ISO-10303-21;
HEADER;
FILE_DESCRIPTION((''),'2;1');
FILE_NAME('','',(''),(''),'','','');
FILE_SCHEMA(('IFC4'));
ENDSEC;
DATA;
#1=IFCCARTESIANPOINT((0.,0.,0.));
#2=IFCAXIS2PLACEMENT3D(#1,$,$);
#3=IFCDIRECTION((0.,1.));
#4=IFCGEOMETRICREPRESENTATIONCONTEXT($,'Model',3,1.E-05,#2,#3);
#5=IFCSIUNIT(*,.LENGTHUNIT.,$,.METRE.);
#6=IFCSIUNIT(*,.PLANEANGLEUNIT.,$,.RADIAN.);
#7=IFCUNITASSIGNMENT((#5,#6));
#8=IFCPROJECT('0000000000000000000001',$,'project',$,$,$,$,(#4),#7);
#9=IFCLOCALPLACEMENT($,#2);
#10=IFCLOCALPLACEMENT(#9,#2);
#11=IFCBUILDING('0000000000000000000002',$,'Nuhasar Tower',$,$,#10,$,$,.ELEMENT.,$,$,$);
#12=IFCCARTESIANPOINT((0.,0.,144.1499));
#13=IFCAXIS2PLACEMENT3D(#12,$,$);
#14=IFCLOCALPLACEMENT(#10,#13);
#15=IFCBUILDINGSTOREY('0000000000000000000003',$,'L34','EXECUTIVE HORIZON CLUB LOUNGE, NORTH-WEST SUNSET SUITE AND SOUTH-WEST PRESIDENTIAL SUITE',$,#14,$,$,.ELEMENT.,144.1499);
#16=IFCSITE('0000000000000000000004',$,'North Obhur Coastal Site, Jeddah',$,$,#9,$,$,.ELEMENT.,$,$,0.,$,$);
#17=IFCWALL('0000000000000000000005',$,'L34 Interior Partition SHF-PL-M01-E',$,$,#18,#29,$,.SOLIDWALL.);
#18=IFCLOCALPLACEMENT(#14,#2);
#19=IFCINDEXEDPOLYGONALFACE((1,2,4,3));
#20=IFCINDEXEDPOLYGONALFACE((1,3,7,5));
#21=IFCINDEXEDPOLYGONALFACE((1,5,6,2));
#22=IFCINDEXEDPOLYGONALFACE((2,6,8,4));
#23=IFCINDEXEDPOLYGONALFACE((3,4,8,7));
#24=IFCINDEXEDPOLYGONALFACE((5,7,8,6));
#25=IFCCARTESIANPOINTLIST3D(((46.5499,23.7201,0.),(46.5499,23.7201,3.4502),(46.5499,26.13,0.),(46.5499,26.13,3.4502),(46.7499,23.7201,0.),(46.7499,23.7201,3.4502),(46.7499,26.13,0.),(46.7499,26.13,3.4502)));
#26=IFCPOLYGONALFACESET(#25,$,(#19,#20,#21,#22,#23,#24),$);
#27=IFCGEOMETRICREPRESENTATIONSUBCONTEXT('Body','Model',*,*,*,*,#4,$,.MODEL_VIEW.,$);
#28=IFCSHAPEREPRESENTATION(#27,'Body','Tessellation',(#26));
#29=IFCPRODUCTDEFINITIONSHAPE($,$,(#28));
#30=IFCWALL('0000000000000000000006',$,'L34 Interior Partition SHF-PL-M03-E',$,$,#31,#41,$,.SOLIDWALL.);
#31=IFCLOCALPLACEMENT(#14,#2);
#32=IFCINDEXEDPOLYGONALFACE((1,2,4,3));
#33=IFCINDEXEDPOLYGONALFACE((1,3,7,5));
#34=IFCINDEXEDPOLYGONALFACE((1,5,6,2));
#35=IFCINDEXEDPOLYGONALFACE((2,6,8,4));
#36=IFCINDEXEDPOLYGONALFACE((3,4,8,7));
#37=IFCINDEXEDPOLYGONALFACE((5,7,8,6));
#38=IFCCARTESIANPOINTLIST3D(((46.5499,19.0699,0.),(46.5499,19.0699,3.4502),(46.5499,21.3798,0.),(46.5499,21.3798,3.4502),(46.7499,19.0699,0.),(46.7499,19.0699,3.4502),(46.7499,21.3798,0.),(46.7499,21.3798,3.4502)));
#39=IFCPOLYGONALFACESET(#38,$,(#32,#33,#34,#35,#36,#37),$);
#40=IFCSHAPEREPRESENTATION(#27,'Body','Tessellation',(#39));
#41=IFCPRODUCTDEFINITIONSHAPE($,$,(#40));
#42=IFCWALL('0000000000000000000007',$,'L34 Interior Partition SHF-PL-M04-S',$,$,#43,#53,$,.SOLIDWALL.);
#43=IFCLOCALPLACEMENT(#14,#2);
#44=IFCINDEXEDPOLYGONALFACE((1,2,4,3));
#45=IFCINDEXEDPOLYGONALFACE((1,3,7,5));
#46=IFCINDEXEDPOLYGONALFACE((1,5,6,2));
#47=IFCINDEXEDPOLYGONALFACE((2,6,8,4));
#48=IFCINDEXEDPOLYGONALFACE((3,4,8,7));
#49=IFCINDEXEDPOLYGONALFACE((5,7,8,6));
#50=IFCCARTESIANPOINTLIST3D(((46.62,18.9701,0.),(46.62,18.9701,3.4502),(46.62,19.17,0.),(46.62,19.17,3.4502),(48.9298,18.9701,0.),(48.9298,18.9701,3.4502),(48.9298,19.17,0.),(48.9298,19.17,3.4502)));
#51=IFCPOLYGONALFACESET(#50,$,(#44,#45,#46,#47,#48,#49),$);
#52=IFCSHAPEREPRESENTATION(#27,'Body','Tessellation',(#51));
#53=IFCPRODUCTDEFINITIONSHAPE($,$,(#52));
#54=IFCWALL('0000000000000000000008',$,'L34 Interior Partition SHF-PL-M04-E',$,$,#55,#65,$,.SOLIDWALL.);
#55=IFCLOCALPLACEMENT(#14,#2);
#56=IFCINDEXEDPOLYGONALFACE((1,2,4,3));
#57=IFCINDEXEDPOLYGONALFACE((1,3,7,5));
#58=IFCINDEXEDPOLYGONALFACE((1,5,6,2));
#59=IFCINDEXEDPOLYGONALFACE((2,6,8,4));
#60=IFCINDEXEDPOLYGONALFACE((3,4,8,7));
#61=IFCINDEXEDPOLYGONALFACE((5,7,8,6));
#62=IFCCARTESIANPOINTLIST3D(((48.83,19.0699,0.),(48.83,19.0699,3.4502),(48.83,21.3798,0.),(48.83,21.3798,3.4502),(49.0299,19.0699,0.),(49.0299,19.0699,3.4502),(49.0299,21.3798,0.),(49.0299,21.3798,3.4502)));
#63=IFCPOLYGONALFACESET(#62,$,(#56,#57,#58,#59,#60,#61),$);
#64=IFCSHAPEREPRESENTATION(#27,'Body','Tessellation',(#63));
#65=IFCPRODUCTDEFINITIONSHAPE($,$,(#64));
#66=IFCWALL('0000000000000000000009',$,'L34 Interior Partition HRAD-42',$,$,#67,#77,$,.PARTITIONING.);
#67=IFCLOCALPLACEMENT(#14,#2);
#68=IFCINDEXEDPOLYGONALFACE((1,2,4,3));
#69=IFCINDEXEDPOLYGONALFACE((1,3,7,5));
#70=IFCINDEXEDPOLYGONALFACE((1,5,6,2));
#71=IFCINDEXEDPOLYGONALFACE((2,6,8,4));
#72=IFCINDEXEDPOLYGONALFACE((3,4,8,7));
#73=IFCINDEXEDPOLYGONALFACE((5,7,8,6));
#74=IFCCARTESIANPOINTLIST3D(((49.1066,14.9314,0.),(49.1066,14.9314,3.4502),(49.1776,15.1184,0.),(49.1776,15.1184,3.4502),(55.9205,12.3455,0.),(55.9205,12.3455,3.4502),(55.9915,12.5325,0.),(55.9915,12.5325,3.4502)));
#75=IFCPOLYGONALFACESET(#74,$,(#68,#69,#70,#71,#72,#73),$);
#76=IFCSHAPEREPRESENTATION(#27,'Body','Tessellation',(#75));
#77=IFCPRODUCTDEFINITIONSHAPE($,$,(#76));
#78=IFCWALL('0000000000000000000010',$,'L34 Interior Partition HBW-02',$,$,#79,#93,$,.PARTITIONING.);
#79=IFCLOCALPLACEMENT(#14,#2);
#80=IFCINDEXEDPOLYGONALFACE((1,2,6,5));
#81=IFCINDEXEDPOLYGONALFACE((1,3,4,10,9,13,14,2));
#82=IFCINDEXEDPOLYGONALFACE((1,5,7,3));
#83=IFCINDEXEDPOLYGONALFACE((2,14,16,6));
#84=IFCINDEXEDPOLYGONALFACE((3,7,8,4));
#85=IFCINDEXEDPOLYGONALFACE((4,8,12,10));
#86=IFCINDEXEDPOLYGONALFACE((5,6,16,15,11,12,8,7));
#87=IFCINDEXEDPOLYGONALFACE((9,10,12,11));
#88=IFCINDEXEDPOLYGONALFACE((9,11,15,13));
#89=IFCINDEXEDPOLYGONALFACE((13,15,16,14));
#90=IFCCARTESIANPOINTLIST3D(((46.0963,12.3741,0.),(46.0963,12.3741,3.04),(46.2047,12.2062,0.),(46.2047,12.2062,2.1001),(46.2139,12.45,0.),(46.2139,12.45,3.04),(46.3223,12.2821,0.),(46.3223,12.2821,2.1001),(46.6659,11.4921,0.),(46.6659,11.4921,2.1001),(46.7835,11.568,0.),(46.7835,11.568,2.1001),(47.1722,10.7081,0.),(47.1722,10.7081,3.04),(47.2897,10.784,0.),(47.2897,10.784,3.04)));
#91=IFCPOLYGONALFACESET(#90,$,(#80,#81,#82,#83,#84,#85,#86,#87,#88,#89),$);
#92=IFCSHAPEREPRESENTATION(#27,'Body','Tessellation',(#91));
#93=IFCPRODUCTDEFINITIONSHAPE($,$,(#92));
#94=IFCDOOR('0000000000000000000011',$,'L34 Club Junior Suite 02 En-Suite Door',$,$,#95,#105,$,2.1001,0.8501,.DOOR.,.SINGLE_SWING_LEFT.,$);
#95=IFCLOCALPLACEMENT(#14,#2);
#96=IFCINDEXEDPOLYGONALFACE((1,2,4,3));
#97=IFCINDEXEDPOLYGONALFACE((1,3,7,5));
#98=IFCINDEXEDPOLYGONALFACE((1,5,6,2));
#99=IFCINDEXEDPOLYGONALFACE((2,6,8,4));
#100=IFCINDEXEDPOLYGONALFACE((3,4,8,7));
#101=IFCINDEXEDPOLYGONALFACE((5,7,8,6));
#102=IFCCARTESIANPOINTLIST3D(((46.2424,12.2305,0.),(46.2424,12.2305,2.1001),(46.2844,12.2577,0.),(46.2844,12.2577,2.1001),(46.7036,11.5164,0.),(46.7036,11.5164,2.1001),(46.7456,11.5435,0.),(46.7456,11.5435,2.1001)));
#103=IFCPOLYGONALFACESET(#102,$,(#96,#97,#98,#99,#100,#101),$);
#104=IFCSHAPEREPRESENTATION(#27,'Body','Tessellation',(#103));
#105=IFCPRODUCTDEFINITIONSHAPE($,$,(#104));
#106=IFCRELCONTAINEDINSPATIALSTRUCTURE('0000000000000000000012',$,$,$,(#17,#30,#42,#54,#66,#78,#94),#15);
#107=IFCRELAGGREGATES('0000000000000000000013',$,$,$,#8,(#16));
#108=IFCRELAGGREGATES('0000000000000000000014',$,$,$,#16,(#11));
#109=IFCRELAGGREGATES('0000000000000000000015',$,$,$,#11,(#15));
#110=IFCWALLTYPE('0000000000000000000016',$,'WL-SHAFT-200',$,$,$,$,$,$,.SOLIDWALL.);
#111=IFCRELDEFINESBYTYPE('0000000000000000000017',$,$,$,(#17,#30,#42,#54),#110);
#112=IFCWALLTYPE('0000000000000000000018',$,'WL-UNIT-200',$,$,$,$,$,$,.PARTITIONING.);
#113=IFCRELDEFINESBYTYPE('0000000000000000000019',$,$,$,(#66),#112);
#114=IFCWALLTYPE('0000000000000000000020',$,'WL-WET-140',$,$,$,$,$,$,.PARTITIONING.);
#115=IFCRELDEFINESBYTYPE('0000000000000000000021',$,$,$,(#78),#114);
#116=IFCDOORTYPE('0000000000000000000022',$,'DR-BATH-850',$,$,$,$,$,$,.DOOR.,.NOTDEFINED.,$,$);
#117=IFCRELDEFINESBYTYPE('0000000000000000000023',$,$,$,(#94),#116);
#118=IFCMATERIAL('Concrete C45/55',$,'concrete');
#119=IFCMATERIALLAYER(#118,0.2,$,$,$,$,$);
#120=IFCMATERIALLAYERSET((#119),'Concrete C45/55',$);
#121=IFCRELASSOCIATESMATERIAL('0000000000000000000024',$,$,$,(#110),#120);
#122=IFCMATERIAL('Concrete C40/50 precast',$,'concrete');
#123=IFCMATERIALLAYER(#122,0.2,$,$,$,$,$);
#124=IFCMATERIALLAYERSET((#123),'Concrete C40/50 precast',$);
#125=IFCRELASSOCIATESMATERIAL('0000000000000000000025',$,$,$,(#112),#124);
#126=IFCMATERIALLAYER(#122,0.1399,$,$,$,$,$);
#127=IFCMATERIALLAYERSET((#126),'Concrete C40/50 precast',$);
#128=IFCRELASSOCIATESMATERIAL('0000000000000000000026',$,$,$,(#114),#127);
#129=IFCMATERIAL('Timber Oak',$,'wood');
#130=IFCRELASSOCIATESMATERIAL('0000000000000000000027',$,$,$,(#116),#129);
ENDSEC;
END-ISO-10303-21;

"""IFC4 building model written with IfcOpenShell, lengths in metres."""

from ifc_helpers import new_model, si_unit, direction, frame, frame_2d, origin, place, context, subcontext, project, spatial, rectangle, extrude, material, layer, layer_set, type_object, element, fill, save


model = new_model("IFC4")

# Units and contexts
model_context = context("Model", 3, precision=1e-05, world=origin(), true_north=direction((0.0, 1.0)))
body_context = subcontext(model_context, "Body", "Model", "MODEL_VIEW")
ifc_project = project(units=[si_unit("LENGTHUNIT", "METRE"), si_unit("PLANEANGLEUNIT", "RADIAN")], contexts=[model_context])

# Site, building, storey
site_placement = place(None, origin())
site = spatial("IfcSite", under=ifc_project, at=site_placement, Name="North Obhur Coastal Site, Jeddah", CompositionType="ELEMENT", RefElevation=0.0)
building_placement = place(site_placement, origin())
building = spatial("IfcBuilding", under=site, at=building_placement, Name="Nuhasar Tower", CompositionType="ELEMENT")
storey_placement = place(building_placement, frame((0.0, 0.0, 144.1499)))
storey = spatial("IfcBuildingStorey", under=building, at=storey_placement, Name="L34", Description="EXECUTIVE HORIZON CLUB LOUNGE, NORTH-WEST SUNSET SUITE AND SOUTH-WEST PRESIDENTIAL SUITE", CompositionType="ELEMENT", Elevation=144.1499)

# Shared definitions
ifc_material_1 = material(Name="Timber Oak", Category="wood")

# Shared definitions
ifc_material_2 = material(Name="Concrete C45/55", Category="concrete")

# Wall
ifc_layer_1 = layer(ifc_material_2, 0.2)
ifc_layer_set_1 = layer_set([ifc_layer_1], Name="Concrete C45/55")
wall_type_1 = type_object("IfcWallType", Name="WL-SHAFT-200", PredefinedType="SOLIDWALL", material=ifc_layer_set_1)
wall_1_placement = place(storey_placement, frame((46.6499, 23.72, 0.0), z_axis=(0.0, 0.0, 1.0), x_axis=(0.0, 1.0, 0.0)))
element("IfcWall", 1, at=wall_1_placement, inside=storey, type_object=wall_type_1, Name="L34 Interior Partition SHF-PL-M01-E", PredefinedType="SOLIDWALL", context=body_context, shape_type="SweptSolid", body=[
    extrude(rectangle(XDim=2.4099, YDim=0.2, at=frame_2d((1.2051, 0.0))), origin(), (0.0, 0.0, 1.0), 3.4502),
])

# Walls
for number, where, z_axis, x_axis, name in (
    (2, (46.6499, 19.0701, 0.0), (0.0, 0.0, 1.0), (0.0, 1.0, 0.0), "L34 Interior Partition SHF-PL-M03-E"),
    (3, (46.6201, 19.0701, 0.0), (0.0, 0.0, 1.0), (1.0, 0.0, 0.0), "L34 Interior Partition SHF-PL-M04-S"),
):
    element("IfcWall", number, at=place(storey_placement, frame(where, z_axis=z_axis, x_axis=x_axis)), inside=storey, type_object=wall_type_1, Name=name, PredefinedType="SOLIDWALL", context=body_context, shape_type="SweptSolid", body=[
        extrude(rectangle(XDim=2.3098, YDim=0.2, at=frame_2d((1.1548, 0.0))), origin(), (0.0, 0.0, 1.0), 3.4502),
    ])

# Walls
wall_2_placement = place(storey_placement, frame((48.9299, 19.0701, 0.0), z_axis=(0.0, 0.0, 1.0), x_axis=(0.0, 1.0, 0.0)))
element("IfcWall", 4, at=wall_2_placement, inside=storey, type_object=wall_type_1, Name="L34 Interior Partition SHF-PL-M04-E", PredefinedType="SOLIDWALL", context=body_context, shape_type="SweptSolid", body=[
    extrude(rectangle(XDim=2.3098, YDim=0.2, at=frame_2d((1.1548, 0.0))), origin(), (0.0, 0.0, 1.0), 3.4502),
])
ifc_material_3 = material(Name="Concrete C40/50 precast", Category="concrete")
ifc_layer_2 = layer(ifc_material_3, 0.2)
ifc_layer_set_2 = layer_set([ifc_layer_2], Name="Concrete C40/50 precast")
wall_type_2 = type_object("IfcWallType", Name="WL-UNIT-200", PredefinedType="PARTITIONING", material=ifc_layer_set_2)
wall_3_placement = place(storey_placement, frame((49.1421, 15.0249, 0.0), z_axis=(0.0, 0.0, 1.0), x_axis=(0.934937, -0.354814, 0.0)))
element("IfcWall", 5, at=wall_3_placement, inside=storey, type_object=wall_type_2, Name="L34 Interior Partition HRAD-42", PredefinedType="PARTITIONING", context=body_context, shape_type="SweptSolid", body=[
    extrude(rectangle(XDim=7.2881, YDim=0.2, at=frame_2d((3.644, 0.0))), origin(), (0.0, 0.0, 1.0), 3.4502),
])

# Wall, opening, door
ifc_layer_3 = layer(ifc_material_3, 0.1399)
ifc_layer_set_3 = layer_set([ifc_layer_3], Name="Concrete C40/50 precast")
wall_type_3 = type_object("IfcWallType", Name="WL-WET-140", PredefinedType="PARTITIONING", material=ifc_layer_set_3)
wall_4_placement = place(storey_placement, frame((46.155, 12.4121, 0.0), z_axis=(0.0, 0.0, 1.0), x_axis=(0.542511, -0.840049, 0.0)))
wall_4 = element("IfcWall", 6, at=wall_4_placement, inside=storey, type_object=wall_type_3, Name="L34 Interior Partition HBW-02", PredefinedType="PARTITIONING", context=body_context, shape_type="SweptSolid", body=[
    extrude(rectangle(XDim=1.9832, YDim=0.1399, at=frame_2d((0.9917, 0.0))), origin(), (0.0, 0.0, 1.0), 3.04),
])
opening_1_placement = place(wall_4_placement, frame((0.2, 0.0, 0.0)))
opening_1 = element("IfcOpeningElement", 7, at=opening_1_placement, cuts=wall_4, PredefinedType="OPENING", context=body_context, shape_type="SweptSolid", body=[
    extrude(rectangle(XDim=0.8501, YDim=2.1001, at=frame_2d((0.425, 1.05))), frame((0.0, 0.0801, 0.0), z_axis=(0.0, -1.0, 0.0), x_axis=(1.0, 0.0, 0.0)), (0.0, 0.0, 1.0), 0.1599),
])
door_type_1 = type_object("IfcDoorType", Name="DR-BATH-850", OperationType="NOTDEFINED", PredefinedType="DOOR", material=ifc_material_1)
door_1_placement = place(opening_1_placement, origin())
door_1 = element("IfcDoor", 8, at=door_1_placement, inside=storey, type_object=door_type_1, Name="L34 Club Junior Suite 02 En-Suite Door", OperationType="SINGLE_SWING_LEFT", OverallHeight=2.1001, OverallWidth=0.8501, PredefinedType="DOOR", context=body_context, shape_type="SweptSolid", body=[
    extrude(rectangle(XDim=0.8501, YDim=2.1001, at=frame_2d((0.425, 1.05))), frame((0.0, 0.0249, 0.0), z_axis=(0.0, -1.0, 0.0), x_axis=(1.0, 0.0, 0.0)), (0.0, 0.0, 1.0), 0.05),
])
fill(opening_1, door_1)

save(model, "model.ifc")
